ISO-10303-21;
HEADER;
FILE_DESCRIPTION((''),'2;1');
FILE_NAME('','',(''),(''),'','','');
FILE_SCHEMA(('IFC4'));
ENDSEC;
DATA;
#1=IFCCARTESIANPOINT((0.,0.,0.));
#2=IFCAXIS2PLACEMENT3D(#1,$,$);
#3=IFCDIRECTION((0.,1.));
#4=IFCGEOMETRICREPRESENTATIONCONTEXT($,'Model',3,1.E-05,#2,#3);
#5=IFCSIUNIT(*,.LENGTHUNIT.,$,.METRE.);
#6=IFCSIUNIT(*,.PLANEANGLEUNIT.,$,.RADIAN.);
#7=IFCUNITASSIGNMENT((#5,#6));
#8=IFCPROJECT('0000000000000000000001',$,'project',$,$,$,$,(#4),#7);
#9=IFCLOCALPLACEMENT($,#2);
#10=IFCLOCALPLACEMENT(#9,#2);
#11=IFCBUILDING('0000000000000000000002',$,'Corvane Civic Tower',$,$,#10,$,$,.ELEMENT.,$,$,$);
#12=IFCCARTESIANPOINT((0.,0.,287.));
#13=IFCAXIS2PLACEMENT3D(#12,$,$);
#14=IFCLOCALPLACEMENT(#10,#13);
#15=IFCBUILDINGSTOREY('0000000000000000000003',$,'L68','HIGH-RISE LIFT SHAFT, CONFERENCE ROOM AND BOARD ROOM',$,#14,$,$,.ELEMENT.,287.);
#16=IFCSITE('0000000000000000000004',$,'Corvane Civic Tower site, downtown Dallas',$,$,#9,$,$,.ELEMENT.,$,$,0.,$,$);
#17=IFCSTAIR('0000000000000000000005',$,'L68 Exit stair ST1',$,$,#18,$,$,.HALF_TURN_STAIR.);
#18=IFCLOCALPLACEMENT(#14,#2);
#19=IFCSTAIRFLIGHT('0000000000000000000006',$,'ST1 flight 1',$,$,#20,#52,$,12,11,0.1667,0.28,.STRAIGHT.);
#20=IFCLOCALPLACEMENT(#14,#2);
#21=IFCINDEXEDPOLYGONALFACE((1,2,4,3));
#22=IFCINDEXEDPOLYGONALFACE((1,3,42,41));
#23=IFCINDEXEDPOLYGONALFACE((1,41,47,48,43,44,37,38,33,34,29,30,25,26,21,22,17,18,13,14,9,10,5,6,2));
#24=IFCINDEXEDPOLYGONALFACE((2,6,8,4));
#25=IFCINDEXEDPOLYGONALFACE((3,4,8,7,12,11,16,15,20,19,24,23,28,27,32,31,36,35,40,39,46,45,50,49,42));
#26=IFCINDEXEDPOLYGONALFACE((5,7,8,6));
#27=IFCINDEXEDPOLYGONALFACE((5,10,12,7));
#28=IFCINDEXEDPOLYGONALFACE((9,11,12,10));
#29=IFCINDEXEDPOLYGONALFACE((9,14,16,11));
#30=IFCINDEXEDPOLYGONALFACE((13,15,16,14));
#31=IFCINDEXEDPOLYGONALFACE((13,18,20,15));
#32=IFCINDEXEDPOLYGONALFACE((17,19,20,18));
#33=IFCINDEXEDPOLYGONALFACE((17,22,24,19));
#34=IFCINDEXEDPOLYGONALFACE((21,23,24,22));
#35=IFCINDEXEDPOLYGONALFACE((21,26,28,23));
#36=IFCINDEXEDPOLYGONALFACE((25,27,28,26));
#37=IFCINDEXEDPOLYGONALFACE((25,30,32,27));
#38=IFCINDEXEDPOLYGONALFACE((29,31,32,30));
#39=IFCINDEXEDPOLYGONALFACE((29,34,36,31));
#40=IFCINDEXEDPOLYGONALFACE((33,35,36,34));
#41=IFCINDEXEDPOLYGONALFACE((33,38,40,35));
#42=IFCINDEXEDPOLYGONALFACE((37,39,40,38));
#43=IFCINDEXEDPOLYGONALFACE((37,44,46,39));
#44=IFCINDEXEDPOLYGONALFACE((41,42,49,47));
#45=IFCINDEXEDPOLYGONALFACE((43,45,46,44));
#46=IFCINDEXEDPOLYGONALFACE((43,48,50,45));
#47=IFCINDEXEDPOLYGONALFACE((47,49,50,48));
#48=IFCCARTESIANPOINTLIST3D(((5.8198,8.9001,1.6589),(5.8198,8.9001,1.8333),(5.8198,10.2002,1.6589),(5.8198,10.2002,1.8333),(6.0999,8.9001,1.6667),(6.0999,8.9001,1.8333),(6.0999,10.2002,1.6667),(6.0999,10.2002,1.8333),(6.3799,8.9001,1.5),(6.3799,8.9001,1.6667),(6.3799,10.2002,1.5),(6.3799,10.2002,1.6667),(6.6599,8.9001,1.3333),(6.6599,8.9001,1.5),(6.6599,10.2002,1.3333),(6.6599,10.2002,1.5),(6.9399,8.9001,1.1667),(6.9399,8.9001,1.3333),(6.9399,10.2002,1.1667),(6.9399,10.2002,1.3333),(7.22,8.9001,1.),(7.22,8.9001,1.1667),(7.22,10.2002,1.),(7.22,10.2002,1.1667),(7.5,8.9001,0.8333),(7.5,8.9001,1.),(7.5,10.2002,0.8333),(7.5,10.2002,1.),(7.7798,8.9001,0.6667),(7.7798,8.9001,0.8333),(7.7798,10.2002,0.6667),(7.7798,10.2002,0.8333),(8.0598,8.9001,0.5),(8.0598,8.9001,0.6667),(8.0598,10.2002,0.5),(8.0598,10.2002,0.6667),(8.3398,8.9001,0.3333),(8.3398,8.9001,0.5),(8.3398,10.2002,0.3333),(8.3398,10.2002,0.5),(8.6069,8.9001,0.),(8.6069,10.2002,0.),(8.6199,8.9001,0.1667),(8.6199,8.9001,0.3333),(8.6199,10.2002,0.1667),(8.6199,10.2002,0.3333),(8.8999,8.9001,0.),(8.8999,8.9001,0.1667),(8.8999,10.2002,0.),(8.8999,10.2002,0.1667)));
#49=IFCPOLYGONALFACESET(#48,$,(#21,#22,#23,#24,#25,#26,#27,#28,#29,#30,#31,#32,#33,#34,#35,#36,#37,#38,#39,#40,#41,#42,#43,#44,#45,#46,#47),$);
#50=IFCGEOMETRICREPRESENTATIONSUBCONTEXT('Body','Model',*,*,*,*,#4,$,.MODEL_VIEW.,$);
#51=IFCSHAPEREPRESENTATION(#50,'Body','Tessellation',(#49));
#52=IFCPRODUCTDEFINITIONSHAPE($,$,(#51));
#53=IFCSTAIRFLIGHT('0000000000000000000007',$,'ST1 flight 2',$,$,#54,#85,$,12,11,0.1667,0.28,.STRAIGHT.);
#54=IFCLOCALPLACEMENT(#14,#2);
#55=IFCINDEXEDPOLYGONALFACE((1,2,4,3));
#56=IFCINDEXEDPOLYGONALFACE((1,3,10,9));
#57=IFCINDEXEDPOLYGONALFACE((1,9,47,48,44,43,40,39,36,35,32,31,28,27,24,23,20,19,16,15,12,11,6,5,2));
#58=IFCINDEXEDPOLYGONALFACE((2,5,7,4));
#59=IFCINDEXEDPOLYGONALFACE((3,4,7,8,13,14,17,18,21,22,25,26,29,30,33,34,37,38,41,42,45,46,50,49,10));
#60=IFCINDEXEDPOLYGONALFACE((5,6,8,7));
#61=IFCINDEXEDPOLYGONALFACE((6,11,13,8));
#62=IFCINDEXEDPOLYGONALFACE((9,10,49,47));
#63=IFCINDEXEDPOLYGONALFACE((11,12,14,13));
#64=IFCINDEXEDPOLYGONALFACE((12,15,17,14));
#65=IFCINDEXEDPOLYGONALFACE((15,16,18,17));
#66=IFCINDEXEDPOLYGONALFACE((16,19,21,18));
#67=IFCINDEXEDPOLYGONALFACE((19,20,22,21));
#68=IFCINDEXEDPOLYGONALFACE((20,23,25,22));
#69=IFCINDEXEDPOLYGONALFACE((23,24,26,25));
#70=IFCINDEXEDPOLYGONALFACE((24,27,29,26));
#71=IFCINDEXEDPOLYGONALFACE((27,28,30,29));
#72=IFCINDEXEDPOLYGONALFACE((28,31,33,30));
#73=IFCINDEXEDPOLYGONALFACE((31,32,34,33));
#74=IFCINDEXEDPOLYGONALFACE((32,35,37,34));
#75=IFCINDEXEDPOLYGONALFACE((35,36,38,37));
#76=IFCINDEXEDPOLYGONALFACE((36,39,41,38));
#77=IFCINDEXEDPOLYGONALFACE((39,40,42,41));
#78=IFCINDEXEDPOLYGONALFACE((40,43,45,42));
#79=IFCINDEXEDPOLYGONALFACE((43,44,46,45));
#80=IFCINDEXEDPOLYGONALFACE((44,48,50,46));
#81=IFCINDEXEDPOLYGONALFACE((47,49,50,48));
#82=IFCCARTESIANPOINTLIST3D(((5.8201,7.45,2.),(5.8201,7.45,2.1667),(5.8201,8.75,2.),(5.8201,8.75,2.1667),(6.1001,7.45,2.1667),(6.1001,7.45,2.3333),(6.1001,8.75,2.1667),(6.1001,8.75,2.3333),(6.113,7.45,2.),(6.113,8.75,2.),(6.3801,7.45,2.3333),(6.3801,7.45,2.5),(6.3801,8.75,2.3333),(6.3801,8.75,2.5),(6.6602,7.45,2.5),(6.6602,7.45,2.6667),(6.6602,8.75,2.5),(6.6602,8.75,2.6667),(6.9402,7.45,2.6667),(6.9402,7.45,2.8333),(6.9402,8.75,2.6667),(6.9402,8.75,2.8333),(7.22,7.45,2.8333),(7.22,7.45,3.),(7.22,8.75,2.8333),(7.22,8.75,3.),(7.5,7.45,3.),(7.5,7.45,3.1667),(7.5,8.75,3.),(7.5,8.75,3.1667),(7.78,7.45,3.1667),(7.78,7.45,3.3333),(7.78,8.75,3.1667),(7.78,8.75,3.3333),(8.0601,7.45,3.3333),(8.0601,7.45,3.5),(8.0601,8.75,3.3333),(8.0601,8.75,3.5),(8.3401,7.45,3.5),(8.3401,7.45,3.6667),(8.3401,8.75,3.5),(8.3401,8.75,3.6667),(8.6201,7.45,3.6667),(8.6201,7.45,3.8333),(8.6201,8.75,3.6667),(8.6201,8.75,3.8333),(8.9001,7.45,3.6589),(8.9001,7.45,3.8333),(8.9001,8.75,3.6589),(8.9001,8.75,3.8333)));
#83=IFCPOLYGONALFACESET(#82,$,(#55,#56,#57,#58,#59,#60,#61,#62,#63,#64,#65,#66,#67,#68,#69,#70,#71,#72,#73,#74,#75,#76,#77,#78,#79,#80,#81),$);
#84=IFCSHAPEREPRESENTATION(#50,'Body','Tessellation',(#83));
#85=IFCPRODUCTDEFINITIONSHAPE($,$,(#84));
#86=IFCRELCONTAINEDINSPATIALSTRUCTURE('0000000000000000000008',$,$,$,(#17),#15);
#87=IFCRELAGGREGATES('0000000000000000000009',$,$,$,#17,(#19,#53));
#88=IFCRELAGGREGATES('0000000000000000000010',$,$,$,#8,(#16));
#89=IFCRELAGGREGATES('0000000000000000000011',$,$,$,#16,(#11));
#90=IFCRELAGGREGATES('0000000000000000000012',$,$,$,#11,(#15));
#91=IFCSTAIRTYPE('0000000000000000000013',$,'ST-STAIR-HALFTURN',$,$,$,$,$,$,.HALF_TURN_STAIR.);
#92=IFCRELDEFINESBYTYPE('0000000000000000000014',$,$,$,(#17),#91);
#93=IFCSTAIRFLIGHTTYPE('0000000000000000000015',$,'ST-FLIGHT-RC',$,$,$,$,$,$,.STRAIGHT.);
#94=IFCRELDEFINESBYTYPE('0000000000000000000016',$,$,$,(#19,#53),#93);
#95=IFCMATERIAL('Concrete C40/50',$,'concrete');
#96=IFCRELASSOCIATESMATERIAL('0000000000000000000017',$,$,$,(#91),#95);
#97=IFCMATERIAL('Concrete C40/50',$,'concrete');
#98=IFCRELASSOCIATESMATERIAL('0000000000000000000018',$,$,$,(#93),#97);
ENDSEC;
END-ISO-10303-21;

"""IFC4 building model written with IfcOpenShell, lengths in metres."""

from ifc_helpers import new_model, si_unit, direction, frame, origin, place, context, subcontext, project, spatial, polyline, outline, extrude, material, type_object, element, aggregate, save


model = new_model("IFC4")

# Units and contexts
model_context = context("Model", 3, precision=1e-05, world=origin(), true_north=direction((0.0, 1.0)))
body_context = subcontext(model_context, "Body", "Model", "MODEL_VIEW")
ifc_project = project(units=[si_unit("LENGTHUNIT", "METRE"), si_unit("PLANEANGLEUNIT", "RADIAN")], contexts=[model_context])

# Site, building, storey
site_placement = place(None, origin())
site = spatial("IfcSite", under=ifc_project, at=site_placement, Name="Corvane Civic Tower site, downtown Dallas", CompositionType="ELEMENT", RefElevation=0.0)
building_placement = place(site_placement, origin())
building = spatial("IfcBuilding", under=site, at=building_placement, Name="Corvane Civic Tower", CompositionType="ELEMENT")
storey_placement = place(building_placement, frame((0.0, 0.0, 287.0)))
storey = spatial("IfcBuildingStorey", under=building, at=storey_placement, Name="L68", Description="HIGH-RISE LIFT SHAFT, CONFERENCE ROOM AND BOARD ROOM", CompositionType="ELEMENT", Elevation=287.0)

# Stair, stair flights
ifc_material_1 = material(Name="Concrete C40/50", Category="concrete")
stair_type = type_object("IfcStairType", Name="ST-STAIR-HALFTURN", PredefinedType="HALF_TURN_STAIR", material=ifc_material_1)
stair_placement = place(storey_placement, origin())
stair = element("IfcStair", 1, at=stair_placement, inside=storey, type_object=stair_type, Name="L68 Exit stair ST1", PredefinedType="HALF_TURN_STAIR")
ifc_material_2 = material(Name="Concrete C40/50", Category="concrete")
stair_flight_type = type_object("IfcStairFlightType", Name="ST-FLIGHT-RC", PredefinedType="STRAIGHT", material=ifc_material_2)
stair_flight_1_placement = place(storey_placement, frame((8.8999, 9.55, 0.0), z_axis=(0.0, 0.0, 1.0), x_axis=(-1.0, 0.0, 0.0)))
stair_flight_1 = element("IfcStairFlight", 2, at=stair_flight_1_placement, type_object=stair_flight_type, Name="ST1 flight 1", NumberOfRisers=12, NumberOfTreads=11, PredefinedType="STRAIGHT", RiserHeight=0.1667, TreadLength=0.28, context=body_context, shape_type="SweptSolid", body=[
    extrude(outline(polyline([(0.0, 0.0), (0.0, 0.1667), (0.28, 0.1667), (0.28, 0.3333), (0.5601, 0.3333), (0.5601, 0.5), (0.8401, 0.5), (0.8401, 0.6667), (1.1201, 0.6667), (1.1201, 0.8333), (1.3999, 0.8333), (1.3999, 1.0), (1.6799, 1.0), (1.6799, 1.1667), (1.96, 1.1667), (1.96, 1.3333), (2.24, 1.3333), (2.24, 1.5), (2.52, 1.5), (2.52, 1.6667), (2.8, 1.6667), (2.8, 1.8333), (3.0801, 1.8333), (3.0801, 2.0), (3.0801, 1.6589), (0.293, 0.0), (0.0, 0.0)])), frame((0.0, 0.6499, 0.0), z_axis=(0.0, -1.0, 0.0), x_axis=(1.0, 0.0, 0.0)), (0.0, 0.0, 1.0), 1.3),
])
stair_flight_2_placement = place(storey_placement, frame((5.8201, 8.1001, 2.0), z_axis=(0.0, 0.0, 1.0), x_axis=(1.0, 0.0, 0.0)))
stair_flight_2 = element("IfcStairFlight", 3, at=stair_flight_2_placement, type_object=stair_flight_type, Name="ST1 flight 2", NumberOfRisers=12, NumberOfTreads=11, PredefinedType="STRAIGHT", RiserHeight=0.1667, TreadLength=0.28, context=body_context, shape_type="SweptSolid", body=[
    extrude(outline(polyline([(0.0, 0.0), (0.0, 0.1667), (0.28, 0.1667), (0.28, 0.3333), (0.5601, 0.3333), (0.5601, 0.5), (0.8401, 0.5), (0.8401, 0.6667), (1.1201, 0.6667), (1.1201, 0.8333), (1.3999, 0.8333), (1.3999, 1.0), (1.6799, 1.0), (1.6799, 1.1667), (1.96, 1.1667), (1.96, 1.3333), (2.24, 1.3333), (2.24, 1.5), (2.52, 1.5), (2.52, 1.6667), (2.8, 1.6667), (2.8, 1.8333), (3.0801, 1.8333), (3.0801, 2.0), (3.0801, 1.6589), (0.293, 0.0), (0.0, 0.0)])), frame((0.0, 0.6499, 0.0), z_axis=(0.0, -1.0, 0.0), x_axis=(1.0, 0.0, 0.0)), (0.0, 0.0, 1.0), 1.3),
])
aggregate(stair, [stair_flight_1, stair_flight_2])

save(model, "model.ifc")
